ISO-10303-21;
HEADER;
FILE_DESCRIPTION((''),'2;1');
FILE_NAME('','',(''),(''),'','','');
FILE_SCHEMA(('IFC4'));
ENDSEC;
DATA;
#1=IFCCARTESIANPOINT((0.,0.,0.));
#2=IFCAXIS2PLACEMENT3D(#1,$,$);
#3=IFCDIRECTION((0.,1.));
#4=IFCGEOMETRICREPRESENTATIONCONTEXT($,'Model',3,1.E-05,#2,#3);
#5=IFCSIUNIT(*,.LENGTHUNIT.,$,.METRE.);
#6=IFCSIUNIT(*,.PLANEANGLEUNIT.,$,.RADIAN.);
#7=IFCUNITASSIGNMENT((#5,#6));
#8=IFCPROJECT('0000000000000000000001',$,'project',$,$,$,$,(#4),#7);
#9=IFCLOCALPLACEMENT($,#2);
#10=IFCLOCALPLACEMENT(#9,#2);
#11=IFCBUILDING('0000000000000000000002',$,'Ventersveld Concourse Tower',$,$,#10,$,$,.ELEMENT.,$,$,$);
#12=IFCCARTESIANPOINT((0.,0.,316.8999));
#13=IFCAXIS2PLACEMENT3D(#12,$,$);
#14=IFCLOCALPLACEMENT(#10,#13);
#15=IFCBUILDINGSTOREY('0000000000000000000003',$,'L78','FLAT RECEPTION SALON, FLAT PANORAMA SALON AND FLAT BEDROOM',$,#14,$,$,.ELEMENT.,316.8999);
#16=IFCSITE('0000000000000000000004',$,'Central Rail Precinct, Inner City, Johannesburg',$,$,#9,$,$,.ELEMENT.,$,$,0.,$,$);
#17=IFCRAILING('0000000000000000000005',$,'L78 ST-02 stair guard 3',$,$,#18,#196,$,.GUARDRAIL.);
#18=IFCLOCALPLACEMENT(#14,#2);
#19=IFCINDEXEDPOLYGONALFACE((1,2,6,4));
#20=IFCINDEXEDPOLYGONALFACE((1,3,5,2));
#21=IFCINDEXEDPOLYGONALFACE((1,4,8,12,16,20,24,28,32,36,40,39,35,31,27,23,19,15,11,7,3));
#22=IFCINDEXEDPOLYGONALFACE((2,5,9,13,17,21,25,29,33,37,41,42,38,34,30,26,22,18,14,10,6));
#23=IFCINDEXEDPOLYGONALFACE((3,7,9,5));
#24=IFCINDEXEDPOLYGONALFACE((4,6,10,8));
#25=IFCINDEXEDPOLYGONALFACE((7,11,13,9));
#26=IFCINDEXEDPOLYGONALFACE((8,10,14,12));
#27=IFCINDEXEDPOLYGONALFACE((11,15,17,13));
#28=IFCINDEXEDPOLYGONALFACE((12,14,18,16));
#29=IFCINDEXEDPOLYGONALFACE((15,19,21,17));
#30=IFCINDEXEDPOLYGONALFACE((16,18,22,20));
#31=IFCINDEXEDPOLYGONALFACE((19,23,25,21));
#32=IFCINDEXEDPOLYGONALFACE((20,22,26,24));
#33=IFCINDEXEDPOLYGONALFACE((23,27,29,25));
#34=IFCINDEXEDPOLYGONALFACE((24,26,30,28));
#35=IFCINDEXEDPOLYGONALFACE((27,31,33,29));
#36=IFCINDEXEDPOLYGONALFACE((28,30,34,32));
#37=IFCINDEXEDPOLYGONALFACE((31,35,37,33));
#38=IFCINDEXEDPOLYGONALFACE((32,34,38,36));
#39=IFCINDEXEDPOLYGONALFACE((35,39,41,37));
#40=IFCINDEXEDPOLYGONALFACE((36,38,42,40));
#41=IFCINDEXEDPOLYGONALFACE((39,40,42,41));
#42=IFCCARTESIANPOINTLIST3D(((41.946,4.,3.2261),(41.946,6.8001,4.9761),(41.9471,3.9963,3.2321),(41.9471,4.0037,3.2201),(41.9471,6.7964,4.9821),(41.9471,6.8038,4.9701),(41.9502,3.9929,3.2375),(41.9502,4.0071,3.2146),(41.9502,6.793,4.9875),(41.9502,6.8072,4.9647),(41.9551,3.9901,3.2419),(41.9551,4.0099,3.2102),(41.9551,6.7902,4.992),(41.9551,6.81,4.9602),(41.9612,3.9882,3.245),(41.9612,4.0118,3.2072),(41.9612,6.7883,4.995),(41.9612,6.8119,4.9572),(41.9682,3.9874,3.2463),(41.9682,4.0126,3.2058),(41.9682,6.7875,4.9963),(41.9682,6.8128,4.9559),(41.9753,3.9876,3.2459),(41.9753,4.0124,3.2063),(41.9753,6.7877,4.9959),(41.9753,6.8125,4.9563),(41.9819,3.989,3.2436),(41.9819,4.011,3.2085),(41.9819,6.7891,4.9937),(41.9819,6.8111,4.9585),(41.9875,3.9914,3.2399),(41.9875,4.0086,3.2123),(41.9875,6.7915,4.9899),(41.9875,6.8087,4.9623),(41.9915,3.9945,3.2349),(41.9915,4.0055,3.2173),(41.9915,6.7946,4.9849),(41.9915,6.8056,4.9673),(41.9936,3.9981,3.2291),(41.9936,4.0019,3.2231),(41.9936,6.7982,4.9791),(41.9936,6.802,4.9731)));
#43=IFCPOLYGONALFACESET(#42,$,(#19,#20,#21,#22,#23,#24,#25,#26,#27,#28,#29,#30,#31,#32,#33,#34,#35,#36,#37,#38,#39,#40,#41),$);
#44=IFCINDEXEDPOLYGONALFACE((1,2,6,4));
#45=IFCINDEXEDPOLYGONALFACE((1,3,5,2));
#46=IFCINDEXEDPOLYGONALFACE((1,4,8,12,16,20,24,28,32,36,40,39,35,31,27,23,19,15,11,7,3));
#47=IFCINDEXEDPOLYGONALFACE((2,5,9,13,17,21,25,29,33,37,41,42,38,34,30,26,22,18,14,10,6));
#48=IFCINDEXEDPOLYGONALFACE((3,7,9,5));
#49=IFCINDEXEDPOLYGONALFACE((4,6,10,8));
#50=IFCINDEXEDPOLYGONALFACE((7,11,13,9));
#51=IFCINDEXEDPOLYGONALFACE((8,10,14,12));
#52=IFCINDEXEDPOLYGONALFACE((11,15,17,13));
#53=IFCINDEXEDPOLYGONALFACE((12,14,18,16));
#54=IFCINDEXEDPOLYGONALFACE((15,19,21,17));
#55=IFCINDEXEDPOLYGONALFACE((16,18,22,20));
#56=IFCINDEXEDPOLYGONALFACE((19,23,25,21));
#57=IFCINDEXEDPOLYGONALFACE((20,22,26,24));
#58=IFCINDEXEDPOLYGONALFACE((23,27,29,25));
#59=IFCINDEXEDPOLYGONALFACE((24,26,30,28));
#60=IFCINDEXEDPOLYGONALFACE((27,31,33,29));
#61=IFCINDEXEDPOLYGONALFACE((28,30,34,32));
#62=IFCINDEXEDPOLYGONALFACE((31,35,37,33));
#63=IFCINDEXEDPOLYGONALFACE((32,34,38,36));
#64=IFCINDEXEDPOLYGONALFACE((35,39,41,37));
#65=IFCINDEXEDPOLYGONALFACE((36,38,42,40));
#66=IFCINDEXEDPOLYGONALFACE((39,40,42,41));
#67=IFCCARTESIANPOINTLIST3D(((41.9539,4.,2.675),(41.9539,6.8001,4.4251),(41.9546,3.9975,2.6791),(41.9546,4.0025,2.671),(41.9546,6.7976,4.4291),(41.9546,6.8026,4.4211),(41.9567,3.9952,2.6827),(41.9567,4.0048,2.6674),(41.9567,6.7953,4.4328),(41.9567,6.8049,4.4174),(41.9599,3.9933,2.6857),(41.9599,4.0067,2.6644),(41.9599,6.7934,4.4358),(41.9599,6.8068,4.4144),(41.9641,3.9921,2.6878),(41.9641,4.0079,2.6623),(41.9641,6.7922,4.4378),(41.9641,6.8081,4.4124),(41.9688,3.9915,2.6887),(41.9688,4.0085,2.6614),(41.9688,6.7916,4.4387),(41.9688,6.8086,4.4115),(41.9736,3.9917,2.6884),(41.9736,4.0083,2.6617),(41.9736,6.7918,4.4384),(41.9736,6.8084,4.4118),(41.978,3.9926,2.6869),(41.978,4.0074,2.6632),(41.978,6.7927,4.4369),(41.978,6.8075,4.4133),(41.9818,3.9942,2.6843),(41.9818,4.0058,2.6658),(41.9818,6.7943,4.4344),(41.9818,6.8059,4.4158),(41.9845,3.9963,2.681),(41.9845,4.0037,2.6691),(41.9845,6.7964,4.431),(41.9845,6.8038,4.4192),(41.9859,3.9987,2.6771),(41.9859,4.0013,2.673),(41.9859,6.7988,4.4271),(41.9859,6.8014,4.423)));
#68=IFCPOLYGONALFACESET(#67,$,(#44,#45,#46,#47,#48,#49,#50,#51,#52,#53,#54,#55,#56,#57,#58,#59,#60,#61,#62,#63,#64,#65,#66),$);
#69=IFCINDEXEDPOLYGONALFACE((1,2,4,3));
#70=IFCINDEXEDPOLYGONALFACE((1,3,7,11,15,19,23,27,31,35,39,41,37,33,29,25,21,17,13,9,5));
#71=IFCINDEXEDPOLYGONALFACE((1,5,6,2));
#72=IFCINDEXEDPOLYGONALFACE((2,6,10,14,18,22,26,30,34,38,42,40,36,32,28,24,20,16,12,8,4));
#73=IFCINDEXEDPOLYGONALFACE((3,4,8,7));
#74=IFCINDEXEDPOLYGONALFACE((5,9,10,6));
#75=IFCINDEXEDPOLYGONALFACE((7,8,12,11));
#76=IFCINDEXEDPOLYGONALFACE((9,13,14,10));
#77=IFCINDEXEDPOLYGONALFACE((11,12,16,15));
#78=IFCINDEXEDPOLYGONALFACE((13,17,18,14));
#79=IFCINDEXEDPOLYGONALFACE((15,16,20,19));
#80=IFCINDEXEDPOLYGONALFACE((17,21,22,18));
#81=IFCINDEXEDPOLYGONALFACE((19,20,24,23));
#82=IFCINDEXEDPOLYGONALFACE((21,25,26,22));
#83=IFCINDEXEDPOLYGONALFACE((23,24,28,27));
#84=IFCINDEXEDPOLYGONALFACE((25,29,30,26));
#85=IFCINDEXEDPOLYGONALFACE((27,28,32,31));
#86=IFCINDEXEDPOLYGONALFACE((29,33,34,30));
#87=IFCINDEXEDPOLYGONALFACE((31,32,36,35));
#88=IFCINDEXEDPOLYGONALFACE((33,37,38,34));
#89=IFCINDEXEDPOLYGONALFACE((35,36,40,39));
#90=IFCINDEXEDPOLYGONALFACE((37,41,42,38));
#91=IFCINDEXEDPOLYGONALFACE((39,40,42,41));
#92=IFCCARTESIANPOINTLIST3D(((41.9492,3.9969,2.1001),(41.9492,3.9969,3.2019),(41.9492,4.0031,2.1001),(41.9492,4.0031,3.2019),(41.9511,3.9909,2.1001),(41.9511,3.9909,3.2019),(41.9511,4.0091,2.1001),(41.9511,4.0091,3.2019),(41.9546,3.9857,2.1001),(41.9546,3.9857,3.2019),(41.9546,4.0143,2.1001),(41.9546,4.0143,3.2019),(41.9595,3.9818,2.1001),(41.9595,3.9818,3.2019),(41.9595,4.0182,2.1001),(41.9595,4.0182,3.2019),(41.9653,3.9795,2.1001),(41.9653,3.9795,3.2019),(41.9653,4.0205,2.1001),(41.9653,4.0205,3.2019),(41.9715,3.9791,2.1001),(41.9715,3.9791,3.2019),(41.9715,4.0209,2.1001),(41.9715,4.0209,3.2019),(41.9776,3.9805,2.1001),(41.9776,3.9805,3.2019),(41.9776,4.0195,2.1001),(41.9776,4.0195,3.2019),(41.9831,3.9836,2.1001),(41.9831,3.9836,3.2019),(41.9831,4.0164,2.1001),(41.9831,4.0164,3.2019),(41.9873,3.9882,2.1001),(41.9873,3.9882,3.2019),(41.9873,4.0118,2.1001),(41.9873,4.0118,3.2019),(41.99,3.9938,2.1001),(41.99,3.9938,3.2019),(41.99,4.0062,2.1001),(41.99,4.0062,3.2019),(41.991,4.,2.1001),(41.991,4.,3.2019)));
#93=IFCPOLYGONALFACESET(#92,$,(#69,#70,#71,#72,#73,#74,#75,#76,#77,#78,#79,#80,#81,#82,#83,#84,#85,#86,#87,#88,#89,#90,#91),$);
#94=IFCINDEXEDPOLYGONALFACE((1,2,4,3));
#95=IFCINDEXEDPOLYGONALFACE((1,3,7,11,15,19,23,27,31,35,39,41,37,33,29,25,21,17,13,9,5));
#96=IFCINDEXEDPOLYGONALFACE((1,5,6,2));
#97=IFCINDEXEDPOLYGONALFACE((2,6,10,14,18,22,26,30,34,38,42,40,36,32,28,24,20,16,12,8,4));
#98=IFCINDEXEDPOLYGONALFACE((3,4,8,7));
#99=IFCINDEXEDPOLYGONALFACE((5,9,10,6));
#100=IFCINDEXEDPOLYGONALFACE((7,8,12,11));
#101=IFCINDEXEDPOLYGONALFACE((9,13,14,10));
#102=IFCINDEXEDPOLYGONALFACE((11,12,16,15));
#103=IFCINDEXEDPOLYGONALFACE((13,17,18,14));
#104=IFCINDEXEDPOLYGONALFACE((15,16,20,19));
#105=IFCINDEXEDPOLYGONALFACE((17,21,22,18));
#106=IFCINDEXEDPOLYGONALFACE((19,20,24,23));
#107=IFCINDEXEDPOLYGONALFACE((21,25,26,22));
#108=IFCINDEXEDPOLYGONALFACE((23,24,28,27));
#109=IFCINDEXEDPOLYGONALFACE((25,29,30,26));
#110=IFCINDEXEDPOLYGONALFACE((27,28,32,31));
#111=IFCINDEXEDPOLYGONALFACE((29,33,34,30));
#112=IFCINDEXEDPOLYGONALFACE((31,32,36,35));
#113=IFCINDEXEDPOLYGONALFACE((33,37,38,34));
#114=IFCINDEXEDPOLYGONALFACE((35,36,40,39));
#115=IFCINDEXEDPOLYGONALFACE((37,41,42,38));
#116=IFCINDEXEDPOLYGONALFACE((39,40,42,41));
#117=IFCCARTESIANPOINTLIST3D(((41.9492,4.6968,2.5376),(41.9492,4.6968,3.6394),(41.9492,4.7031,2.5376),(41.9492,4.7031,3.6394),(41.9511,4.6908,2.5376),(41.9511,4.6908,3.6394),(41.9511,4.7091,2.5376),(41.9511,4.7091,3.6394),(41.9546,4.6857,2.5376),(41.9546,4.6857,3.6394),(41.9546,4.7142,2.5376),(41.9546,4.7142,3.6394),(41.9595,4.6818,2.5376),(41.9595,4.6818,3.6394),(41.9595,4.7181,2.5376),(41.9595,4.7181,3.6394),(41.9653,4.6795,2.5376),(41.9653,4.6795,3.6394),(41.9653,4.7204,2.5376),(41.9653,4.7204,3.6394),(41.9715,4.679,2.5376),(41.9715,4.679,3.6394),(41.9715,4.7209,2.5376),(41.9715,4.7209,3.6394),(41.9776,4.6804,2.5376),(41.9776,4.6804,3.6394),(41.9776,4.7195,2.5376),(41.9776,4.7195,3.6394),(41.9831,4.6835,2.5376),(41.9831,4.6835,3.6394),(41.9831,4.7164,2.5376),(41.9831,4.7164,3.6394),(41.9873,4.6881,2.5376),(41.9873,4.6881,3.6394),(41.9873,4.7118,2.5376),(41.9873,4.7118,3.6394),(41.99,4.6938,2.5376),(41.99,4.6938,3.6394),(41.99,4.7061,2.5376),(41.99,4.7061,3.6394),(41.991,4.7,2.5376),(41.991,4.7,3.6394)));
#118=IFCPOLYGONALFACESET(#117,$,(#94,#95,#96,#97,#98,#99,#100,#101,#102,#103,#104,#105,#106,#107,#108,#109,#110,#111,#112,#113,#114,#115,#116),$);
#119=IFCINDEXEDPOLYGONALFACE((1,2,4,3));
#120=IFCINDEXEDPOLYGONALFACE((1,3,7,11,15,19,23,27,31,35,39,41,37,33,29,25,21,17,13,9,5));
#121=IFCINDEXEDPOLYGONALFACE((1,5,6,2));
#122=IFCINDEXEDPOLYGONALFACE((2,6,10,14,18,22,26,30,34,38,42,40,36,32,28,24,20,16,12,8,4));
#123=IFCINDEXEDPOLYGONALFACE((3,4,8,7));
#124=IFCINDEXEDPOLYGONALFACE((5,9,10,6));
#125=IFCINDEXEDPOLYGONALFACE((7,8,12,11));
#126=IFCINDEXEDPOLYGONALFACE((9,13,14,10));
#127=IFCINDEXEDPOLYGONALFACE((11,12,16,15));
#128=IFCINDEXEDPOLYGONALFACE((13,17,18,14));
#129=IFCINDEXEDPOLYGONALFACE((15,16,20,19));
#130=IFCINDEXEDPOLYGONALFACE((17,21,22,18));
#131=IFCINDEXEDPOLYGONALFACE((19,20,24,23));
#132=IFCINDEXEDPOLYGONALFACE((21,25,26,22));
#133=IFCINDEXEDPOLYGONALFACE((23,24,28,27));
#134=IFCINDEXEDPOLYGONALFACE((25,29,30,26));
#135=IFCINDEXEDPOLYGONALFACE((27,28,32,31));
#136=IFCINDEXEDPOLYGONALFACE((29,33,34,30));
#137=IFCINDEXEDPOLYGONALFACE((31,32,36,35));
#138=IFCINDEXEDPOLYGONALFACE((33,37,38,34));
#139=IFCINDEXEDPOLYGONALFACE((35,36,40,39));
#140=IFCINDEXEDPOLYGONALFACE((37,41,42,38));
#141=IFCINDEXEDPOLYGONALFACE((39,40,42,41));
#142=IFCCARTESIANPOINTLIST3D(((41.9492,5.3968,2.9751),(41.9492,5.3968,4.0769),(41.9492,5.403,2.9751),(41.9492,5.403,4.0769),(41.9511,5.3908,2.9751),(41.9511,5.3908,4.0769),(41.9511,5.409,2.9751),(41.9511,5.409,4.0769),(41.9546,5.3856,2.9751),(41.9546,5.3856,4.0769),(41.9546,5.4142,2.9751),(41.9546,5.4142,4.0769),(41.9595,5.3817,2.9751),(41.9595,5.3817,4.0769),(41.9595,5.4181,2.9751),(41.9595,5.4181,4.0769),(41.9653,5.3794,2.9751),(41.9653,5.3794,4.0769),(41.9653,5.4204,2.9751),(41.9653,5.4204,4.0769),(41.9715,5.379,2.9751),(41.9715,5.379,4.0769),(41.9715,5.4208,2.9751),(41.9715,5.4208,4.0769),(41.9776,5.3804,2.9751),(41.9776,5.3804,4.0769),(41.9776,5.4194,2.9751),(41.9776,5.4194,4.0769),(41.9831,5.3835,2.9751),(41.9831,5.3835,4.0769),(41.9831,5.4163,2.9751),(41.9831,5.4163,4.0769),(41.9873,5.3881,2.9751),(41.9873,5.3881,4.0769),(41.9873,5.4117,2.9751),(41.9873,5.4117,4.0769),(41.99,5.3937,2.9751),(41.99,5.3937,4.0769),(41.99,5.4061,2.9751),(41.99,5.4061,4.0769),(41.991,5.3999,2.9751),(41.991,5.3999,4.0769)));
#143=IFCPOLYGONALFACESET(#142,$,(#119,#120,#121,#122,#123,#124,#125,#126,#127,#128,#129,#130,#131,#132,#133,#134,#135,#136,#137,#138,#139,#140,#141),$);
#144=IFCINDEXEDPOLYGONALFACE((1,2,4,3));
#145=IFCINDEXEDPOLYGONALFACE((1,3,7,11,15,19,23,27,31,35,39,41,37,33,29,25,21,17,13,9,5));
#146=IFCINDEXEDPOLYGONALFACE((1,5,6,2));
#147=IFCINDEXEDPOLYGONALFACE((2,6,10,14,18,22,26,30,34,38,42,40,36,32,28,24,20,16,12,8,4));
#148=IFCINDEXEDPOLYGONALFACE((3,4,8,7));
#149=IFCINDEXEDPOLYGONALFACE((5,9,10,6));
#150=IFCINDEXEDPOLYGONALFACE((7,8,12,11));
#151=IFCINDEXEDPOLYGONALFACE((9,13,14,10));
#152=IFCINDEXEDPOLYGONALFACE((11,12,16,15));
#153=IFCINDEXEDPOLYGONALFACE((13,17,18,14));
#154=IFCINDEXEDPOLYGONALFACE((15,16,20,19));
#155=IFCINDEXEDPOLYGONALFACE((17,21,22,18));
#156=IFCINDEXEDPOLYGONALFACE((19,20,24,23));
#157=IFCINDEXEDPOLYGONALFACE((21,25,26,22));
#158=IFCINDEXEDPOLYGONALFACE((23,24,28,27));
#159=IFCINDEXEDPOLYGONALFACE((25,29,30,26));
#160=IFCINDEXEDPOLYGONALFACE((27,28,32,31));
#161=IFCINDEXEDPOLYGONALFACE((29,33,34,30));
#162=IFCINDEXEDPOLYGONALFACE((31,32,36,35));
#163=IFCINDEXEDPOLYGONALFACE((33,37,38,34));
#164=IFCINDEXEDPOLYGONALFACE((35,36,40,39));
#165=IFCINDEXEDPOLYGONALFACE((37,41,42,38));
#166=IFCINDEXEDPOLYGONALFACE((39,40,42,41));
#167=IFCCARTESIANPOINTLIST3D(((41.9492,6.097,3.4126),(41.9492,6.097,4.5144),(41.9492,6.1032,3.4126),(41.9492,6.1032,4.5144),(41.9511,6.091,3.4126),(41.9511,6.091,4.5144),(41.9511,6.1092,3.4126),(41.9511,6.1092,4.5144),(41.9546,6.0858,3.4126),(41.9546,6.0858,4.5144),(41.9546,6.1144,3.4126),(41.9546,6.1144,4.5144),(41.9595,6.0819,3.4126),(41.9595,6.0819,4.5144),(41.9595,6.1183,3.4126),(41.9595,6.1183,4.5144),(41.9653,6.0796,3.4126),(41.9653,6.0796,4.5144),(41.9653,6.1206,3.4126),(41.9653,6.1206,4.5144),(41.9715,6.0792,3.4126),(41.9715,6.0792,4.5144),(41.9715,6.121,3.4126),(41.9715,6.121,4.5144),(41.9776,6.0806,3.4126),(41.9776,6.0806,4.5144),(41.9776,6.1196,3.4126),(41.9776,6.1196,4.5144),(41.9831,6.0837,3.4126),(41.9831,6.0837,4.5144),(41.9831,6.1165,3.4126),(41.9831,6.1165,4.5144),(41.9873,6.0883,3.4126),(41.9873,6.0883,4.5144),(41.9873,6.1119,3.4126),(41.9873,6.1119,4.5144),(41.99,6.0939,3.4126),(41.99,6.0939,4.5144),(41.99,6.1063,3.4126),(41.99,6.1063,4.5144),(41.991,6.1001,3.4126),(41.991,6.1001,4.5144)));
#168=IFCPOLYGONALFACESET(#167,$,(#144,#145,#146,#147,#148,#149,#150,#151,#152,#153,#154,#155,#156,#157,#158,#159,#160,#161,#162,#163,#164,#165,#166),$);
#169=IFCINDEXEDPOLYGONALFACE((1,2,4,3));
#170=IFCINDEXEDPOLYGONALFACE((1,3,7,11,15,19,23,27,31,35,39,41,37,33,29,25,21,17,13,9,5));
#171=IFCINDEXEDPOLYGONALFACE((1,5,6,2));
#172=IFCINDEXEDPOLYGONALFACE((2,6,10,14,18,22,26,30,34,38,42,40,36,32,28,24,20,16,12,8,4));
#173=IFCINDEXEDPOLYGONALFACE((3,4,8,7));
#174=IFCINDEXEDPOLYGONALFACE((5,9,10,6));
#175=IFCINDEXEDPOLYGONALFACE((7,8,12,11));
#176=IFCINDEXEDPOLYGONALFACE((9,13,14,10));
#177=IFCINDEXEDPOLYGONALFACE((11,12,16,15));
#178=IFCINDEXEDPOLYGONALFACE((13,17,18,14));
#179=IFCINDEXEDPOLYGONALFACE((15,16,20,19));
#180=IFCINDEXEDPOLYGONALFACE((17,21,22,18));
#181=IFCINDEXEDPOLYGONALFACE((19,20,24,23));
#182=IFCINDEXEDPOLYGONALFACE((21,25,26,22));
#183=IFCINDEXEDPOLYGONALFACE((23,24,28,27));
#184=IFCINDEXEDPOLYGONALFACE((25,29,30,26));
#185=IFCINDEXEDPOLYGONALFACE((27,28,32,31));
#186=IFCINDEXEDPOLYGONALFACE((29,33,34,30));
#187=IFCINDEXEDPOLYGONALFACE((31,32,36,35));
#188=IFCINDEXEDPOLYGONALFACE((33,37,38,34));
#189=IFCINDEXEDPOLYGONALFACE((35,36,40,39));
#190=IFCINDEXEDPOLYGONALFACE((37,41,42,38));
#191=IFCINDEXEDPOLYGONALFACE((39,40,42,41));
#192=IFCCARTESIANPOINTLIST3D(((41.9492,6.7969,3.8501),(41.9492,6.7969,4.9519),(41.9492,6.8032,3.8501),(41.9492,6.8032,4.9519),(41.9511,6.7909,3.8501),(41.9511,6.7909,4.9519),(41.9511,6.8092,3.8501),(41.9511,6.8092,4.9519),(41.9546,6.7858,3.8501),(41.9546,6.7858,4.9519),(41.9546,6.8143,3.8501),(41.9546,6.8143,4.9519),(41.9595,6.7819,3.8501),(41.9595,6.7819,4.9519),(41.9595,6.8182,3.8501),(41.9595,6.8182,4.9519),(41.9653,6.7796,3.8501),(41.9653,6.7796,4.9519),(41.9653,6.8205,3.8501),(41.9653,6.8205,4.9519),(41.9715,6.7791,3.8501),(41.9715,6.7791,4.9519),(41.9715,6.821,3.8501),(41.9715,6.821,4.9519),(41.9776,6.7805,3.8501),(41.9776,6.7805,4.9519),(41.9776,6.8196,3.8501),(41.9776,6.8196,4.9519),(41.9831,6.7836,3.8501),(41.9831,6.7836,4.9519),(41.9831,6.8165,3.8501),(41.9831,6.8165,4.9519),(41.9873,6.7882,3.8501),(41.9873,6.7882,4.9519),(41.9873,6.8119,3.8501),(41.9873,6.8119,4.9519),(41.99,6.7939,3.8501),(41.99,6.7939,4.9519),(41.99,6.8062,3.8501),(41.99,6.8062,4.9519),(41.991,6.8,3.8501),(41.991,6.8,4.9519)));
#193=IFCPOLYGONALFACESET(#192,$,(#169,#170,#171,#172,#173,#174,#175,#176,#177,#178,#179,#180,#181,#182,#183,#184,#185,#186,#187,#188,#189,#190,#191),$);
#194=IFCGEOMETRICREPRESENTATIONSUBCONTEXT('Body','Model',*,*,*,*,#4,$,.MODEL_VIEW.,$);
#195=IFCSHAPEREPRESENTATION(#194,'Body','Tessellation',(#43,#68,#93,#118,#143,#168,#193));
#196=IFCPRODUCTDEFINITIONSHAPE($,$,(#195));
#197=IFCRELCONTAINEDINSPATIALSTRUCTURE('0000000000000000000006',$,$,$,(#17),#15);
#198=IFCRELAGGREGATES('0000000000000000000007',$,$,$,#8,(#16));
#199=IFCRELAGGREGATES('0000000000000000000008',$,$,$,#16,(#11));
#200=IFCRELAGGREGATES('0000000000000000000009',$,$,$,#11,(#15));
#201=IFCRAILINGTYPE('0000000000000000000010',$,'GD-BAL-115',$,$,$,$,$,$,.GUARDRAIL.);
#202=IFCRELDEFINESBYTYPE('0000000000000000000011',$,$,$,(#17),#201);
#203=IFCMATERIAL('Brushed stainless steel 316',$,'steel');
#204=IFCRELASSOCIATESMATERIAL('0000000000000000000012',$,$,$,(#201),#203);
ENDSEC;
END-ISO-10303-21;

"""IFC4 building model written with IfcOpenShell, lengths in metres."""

from ifc_helpers import new_model, si_unit, direction, frame, origin, origin_2d, place, context, subcontext, project, spatial, circle, extrude, material, type_object, element, save


model = new_model("IFC4")

# Units and contexts
model_context = context("Model", 3, precision=1e-05, world=origin(), true_north=direction((0.0, 1.0)))
body_context = subcontext(model_context, "Body", "Model", "MODEL_VIEW")
ifc_project = project(units=[si_unit("LENGTHUNIT", "METRE"), si_unit("PLANEANGLEUNIT", "RADIAN")], contexts=[model_context])

# Site, building, storey
site_placement = place(None, origin())
site = spatial("IfcSite", under=ifc_project, at=site_placement, Name="Central Rail Precinct, Inner City, Johannesburg", CompositionType="ELEMENT", RefElevation=0.0)
building_placement = place(site_placement, origin())
building = spatial("IfcBuilding", under=site, at=building_placement, Name="Ventersveld Concourse Tower", CompositionType="ELEMENT")
storey_placement = place(building_placement, frame((0.0, 0.0, 316.8999)))
storey = spatial("IfcBuildingStorey", under=building, at=storey_placement, Name="L78", Description="FLAT RECEPTION SALON, FLAT PANORAMA SALON AND FLAT BEDROOM", CompositionType="ELEMENT", Elevation=316.8999)

# Shared definitions
ifc_material_1 = material(Name="Brushed stainless steel 316", Category="steel")

# Railing
railing_type_1 = type_object("IfcRailingType", Name="GD-BAL-115", PredefinedType="GUARDRAIL", material=ifc_material_1)
railing_1_placement = place(storey_placement, frame((41.97, 4.0, 2.1001)))
element("IfcRailing", 1, at=railing_1_placement, inside=storey, type_object=railing_type_1, Name="L78 ST-02 stair guard 3", PredefinedType="GUARDRAIL", context=body_context, shape_type="SweptSolid", body=[
    extrude(circle(Radius=0.0239, at=origin_2d()), frame((0.0, 0.0, 1.126), z_axis=(0.0, 0.848002, 0.529992), x_axis=(-1.0, 0.0, 0.0)), (0.0, 0.0, 1.0), 3.302),
    extrude(circle(Radius=0.0161, at=origin_2d()), frame((0.0, 0.0, 0.575), z_axis=(0.0, 0.848002, 0.529992), x_axis=(-1.0, 0.0, 0.0)), (0.0, 0.0, 1.0), 3.302),
    extrude(circle(Radius=0.021, at=origin_2d()), origin(), (0.0, 0.0, 1.0), 1.1018),
    extrude(circle(Radius=0.021, at=origin_2d()), frame((0.0, 0.7, 0.4375)), (0.0, 0.0, 1.0), 1.1018),
    extrude(circle(Radius=0.021, at=origin_2d()), frame((0.0, 1.3999, 0.875)), (0.0, 0.0, 1.0), 1.1018),
    extrude(circle(Radius=0.021, at=origin_2d()), frame((0.0, 2.1001, 1.3125)), (0.0, 0.0, 1.0), 1.1018),
    extrude(circle(Radius=0.021, at=origin_2d()), frame((0.0, 2.8, 1.75)), (0.0, 0.0, 1.0), 1.1018),
])

save(model, "model.ifc")
